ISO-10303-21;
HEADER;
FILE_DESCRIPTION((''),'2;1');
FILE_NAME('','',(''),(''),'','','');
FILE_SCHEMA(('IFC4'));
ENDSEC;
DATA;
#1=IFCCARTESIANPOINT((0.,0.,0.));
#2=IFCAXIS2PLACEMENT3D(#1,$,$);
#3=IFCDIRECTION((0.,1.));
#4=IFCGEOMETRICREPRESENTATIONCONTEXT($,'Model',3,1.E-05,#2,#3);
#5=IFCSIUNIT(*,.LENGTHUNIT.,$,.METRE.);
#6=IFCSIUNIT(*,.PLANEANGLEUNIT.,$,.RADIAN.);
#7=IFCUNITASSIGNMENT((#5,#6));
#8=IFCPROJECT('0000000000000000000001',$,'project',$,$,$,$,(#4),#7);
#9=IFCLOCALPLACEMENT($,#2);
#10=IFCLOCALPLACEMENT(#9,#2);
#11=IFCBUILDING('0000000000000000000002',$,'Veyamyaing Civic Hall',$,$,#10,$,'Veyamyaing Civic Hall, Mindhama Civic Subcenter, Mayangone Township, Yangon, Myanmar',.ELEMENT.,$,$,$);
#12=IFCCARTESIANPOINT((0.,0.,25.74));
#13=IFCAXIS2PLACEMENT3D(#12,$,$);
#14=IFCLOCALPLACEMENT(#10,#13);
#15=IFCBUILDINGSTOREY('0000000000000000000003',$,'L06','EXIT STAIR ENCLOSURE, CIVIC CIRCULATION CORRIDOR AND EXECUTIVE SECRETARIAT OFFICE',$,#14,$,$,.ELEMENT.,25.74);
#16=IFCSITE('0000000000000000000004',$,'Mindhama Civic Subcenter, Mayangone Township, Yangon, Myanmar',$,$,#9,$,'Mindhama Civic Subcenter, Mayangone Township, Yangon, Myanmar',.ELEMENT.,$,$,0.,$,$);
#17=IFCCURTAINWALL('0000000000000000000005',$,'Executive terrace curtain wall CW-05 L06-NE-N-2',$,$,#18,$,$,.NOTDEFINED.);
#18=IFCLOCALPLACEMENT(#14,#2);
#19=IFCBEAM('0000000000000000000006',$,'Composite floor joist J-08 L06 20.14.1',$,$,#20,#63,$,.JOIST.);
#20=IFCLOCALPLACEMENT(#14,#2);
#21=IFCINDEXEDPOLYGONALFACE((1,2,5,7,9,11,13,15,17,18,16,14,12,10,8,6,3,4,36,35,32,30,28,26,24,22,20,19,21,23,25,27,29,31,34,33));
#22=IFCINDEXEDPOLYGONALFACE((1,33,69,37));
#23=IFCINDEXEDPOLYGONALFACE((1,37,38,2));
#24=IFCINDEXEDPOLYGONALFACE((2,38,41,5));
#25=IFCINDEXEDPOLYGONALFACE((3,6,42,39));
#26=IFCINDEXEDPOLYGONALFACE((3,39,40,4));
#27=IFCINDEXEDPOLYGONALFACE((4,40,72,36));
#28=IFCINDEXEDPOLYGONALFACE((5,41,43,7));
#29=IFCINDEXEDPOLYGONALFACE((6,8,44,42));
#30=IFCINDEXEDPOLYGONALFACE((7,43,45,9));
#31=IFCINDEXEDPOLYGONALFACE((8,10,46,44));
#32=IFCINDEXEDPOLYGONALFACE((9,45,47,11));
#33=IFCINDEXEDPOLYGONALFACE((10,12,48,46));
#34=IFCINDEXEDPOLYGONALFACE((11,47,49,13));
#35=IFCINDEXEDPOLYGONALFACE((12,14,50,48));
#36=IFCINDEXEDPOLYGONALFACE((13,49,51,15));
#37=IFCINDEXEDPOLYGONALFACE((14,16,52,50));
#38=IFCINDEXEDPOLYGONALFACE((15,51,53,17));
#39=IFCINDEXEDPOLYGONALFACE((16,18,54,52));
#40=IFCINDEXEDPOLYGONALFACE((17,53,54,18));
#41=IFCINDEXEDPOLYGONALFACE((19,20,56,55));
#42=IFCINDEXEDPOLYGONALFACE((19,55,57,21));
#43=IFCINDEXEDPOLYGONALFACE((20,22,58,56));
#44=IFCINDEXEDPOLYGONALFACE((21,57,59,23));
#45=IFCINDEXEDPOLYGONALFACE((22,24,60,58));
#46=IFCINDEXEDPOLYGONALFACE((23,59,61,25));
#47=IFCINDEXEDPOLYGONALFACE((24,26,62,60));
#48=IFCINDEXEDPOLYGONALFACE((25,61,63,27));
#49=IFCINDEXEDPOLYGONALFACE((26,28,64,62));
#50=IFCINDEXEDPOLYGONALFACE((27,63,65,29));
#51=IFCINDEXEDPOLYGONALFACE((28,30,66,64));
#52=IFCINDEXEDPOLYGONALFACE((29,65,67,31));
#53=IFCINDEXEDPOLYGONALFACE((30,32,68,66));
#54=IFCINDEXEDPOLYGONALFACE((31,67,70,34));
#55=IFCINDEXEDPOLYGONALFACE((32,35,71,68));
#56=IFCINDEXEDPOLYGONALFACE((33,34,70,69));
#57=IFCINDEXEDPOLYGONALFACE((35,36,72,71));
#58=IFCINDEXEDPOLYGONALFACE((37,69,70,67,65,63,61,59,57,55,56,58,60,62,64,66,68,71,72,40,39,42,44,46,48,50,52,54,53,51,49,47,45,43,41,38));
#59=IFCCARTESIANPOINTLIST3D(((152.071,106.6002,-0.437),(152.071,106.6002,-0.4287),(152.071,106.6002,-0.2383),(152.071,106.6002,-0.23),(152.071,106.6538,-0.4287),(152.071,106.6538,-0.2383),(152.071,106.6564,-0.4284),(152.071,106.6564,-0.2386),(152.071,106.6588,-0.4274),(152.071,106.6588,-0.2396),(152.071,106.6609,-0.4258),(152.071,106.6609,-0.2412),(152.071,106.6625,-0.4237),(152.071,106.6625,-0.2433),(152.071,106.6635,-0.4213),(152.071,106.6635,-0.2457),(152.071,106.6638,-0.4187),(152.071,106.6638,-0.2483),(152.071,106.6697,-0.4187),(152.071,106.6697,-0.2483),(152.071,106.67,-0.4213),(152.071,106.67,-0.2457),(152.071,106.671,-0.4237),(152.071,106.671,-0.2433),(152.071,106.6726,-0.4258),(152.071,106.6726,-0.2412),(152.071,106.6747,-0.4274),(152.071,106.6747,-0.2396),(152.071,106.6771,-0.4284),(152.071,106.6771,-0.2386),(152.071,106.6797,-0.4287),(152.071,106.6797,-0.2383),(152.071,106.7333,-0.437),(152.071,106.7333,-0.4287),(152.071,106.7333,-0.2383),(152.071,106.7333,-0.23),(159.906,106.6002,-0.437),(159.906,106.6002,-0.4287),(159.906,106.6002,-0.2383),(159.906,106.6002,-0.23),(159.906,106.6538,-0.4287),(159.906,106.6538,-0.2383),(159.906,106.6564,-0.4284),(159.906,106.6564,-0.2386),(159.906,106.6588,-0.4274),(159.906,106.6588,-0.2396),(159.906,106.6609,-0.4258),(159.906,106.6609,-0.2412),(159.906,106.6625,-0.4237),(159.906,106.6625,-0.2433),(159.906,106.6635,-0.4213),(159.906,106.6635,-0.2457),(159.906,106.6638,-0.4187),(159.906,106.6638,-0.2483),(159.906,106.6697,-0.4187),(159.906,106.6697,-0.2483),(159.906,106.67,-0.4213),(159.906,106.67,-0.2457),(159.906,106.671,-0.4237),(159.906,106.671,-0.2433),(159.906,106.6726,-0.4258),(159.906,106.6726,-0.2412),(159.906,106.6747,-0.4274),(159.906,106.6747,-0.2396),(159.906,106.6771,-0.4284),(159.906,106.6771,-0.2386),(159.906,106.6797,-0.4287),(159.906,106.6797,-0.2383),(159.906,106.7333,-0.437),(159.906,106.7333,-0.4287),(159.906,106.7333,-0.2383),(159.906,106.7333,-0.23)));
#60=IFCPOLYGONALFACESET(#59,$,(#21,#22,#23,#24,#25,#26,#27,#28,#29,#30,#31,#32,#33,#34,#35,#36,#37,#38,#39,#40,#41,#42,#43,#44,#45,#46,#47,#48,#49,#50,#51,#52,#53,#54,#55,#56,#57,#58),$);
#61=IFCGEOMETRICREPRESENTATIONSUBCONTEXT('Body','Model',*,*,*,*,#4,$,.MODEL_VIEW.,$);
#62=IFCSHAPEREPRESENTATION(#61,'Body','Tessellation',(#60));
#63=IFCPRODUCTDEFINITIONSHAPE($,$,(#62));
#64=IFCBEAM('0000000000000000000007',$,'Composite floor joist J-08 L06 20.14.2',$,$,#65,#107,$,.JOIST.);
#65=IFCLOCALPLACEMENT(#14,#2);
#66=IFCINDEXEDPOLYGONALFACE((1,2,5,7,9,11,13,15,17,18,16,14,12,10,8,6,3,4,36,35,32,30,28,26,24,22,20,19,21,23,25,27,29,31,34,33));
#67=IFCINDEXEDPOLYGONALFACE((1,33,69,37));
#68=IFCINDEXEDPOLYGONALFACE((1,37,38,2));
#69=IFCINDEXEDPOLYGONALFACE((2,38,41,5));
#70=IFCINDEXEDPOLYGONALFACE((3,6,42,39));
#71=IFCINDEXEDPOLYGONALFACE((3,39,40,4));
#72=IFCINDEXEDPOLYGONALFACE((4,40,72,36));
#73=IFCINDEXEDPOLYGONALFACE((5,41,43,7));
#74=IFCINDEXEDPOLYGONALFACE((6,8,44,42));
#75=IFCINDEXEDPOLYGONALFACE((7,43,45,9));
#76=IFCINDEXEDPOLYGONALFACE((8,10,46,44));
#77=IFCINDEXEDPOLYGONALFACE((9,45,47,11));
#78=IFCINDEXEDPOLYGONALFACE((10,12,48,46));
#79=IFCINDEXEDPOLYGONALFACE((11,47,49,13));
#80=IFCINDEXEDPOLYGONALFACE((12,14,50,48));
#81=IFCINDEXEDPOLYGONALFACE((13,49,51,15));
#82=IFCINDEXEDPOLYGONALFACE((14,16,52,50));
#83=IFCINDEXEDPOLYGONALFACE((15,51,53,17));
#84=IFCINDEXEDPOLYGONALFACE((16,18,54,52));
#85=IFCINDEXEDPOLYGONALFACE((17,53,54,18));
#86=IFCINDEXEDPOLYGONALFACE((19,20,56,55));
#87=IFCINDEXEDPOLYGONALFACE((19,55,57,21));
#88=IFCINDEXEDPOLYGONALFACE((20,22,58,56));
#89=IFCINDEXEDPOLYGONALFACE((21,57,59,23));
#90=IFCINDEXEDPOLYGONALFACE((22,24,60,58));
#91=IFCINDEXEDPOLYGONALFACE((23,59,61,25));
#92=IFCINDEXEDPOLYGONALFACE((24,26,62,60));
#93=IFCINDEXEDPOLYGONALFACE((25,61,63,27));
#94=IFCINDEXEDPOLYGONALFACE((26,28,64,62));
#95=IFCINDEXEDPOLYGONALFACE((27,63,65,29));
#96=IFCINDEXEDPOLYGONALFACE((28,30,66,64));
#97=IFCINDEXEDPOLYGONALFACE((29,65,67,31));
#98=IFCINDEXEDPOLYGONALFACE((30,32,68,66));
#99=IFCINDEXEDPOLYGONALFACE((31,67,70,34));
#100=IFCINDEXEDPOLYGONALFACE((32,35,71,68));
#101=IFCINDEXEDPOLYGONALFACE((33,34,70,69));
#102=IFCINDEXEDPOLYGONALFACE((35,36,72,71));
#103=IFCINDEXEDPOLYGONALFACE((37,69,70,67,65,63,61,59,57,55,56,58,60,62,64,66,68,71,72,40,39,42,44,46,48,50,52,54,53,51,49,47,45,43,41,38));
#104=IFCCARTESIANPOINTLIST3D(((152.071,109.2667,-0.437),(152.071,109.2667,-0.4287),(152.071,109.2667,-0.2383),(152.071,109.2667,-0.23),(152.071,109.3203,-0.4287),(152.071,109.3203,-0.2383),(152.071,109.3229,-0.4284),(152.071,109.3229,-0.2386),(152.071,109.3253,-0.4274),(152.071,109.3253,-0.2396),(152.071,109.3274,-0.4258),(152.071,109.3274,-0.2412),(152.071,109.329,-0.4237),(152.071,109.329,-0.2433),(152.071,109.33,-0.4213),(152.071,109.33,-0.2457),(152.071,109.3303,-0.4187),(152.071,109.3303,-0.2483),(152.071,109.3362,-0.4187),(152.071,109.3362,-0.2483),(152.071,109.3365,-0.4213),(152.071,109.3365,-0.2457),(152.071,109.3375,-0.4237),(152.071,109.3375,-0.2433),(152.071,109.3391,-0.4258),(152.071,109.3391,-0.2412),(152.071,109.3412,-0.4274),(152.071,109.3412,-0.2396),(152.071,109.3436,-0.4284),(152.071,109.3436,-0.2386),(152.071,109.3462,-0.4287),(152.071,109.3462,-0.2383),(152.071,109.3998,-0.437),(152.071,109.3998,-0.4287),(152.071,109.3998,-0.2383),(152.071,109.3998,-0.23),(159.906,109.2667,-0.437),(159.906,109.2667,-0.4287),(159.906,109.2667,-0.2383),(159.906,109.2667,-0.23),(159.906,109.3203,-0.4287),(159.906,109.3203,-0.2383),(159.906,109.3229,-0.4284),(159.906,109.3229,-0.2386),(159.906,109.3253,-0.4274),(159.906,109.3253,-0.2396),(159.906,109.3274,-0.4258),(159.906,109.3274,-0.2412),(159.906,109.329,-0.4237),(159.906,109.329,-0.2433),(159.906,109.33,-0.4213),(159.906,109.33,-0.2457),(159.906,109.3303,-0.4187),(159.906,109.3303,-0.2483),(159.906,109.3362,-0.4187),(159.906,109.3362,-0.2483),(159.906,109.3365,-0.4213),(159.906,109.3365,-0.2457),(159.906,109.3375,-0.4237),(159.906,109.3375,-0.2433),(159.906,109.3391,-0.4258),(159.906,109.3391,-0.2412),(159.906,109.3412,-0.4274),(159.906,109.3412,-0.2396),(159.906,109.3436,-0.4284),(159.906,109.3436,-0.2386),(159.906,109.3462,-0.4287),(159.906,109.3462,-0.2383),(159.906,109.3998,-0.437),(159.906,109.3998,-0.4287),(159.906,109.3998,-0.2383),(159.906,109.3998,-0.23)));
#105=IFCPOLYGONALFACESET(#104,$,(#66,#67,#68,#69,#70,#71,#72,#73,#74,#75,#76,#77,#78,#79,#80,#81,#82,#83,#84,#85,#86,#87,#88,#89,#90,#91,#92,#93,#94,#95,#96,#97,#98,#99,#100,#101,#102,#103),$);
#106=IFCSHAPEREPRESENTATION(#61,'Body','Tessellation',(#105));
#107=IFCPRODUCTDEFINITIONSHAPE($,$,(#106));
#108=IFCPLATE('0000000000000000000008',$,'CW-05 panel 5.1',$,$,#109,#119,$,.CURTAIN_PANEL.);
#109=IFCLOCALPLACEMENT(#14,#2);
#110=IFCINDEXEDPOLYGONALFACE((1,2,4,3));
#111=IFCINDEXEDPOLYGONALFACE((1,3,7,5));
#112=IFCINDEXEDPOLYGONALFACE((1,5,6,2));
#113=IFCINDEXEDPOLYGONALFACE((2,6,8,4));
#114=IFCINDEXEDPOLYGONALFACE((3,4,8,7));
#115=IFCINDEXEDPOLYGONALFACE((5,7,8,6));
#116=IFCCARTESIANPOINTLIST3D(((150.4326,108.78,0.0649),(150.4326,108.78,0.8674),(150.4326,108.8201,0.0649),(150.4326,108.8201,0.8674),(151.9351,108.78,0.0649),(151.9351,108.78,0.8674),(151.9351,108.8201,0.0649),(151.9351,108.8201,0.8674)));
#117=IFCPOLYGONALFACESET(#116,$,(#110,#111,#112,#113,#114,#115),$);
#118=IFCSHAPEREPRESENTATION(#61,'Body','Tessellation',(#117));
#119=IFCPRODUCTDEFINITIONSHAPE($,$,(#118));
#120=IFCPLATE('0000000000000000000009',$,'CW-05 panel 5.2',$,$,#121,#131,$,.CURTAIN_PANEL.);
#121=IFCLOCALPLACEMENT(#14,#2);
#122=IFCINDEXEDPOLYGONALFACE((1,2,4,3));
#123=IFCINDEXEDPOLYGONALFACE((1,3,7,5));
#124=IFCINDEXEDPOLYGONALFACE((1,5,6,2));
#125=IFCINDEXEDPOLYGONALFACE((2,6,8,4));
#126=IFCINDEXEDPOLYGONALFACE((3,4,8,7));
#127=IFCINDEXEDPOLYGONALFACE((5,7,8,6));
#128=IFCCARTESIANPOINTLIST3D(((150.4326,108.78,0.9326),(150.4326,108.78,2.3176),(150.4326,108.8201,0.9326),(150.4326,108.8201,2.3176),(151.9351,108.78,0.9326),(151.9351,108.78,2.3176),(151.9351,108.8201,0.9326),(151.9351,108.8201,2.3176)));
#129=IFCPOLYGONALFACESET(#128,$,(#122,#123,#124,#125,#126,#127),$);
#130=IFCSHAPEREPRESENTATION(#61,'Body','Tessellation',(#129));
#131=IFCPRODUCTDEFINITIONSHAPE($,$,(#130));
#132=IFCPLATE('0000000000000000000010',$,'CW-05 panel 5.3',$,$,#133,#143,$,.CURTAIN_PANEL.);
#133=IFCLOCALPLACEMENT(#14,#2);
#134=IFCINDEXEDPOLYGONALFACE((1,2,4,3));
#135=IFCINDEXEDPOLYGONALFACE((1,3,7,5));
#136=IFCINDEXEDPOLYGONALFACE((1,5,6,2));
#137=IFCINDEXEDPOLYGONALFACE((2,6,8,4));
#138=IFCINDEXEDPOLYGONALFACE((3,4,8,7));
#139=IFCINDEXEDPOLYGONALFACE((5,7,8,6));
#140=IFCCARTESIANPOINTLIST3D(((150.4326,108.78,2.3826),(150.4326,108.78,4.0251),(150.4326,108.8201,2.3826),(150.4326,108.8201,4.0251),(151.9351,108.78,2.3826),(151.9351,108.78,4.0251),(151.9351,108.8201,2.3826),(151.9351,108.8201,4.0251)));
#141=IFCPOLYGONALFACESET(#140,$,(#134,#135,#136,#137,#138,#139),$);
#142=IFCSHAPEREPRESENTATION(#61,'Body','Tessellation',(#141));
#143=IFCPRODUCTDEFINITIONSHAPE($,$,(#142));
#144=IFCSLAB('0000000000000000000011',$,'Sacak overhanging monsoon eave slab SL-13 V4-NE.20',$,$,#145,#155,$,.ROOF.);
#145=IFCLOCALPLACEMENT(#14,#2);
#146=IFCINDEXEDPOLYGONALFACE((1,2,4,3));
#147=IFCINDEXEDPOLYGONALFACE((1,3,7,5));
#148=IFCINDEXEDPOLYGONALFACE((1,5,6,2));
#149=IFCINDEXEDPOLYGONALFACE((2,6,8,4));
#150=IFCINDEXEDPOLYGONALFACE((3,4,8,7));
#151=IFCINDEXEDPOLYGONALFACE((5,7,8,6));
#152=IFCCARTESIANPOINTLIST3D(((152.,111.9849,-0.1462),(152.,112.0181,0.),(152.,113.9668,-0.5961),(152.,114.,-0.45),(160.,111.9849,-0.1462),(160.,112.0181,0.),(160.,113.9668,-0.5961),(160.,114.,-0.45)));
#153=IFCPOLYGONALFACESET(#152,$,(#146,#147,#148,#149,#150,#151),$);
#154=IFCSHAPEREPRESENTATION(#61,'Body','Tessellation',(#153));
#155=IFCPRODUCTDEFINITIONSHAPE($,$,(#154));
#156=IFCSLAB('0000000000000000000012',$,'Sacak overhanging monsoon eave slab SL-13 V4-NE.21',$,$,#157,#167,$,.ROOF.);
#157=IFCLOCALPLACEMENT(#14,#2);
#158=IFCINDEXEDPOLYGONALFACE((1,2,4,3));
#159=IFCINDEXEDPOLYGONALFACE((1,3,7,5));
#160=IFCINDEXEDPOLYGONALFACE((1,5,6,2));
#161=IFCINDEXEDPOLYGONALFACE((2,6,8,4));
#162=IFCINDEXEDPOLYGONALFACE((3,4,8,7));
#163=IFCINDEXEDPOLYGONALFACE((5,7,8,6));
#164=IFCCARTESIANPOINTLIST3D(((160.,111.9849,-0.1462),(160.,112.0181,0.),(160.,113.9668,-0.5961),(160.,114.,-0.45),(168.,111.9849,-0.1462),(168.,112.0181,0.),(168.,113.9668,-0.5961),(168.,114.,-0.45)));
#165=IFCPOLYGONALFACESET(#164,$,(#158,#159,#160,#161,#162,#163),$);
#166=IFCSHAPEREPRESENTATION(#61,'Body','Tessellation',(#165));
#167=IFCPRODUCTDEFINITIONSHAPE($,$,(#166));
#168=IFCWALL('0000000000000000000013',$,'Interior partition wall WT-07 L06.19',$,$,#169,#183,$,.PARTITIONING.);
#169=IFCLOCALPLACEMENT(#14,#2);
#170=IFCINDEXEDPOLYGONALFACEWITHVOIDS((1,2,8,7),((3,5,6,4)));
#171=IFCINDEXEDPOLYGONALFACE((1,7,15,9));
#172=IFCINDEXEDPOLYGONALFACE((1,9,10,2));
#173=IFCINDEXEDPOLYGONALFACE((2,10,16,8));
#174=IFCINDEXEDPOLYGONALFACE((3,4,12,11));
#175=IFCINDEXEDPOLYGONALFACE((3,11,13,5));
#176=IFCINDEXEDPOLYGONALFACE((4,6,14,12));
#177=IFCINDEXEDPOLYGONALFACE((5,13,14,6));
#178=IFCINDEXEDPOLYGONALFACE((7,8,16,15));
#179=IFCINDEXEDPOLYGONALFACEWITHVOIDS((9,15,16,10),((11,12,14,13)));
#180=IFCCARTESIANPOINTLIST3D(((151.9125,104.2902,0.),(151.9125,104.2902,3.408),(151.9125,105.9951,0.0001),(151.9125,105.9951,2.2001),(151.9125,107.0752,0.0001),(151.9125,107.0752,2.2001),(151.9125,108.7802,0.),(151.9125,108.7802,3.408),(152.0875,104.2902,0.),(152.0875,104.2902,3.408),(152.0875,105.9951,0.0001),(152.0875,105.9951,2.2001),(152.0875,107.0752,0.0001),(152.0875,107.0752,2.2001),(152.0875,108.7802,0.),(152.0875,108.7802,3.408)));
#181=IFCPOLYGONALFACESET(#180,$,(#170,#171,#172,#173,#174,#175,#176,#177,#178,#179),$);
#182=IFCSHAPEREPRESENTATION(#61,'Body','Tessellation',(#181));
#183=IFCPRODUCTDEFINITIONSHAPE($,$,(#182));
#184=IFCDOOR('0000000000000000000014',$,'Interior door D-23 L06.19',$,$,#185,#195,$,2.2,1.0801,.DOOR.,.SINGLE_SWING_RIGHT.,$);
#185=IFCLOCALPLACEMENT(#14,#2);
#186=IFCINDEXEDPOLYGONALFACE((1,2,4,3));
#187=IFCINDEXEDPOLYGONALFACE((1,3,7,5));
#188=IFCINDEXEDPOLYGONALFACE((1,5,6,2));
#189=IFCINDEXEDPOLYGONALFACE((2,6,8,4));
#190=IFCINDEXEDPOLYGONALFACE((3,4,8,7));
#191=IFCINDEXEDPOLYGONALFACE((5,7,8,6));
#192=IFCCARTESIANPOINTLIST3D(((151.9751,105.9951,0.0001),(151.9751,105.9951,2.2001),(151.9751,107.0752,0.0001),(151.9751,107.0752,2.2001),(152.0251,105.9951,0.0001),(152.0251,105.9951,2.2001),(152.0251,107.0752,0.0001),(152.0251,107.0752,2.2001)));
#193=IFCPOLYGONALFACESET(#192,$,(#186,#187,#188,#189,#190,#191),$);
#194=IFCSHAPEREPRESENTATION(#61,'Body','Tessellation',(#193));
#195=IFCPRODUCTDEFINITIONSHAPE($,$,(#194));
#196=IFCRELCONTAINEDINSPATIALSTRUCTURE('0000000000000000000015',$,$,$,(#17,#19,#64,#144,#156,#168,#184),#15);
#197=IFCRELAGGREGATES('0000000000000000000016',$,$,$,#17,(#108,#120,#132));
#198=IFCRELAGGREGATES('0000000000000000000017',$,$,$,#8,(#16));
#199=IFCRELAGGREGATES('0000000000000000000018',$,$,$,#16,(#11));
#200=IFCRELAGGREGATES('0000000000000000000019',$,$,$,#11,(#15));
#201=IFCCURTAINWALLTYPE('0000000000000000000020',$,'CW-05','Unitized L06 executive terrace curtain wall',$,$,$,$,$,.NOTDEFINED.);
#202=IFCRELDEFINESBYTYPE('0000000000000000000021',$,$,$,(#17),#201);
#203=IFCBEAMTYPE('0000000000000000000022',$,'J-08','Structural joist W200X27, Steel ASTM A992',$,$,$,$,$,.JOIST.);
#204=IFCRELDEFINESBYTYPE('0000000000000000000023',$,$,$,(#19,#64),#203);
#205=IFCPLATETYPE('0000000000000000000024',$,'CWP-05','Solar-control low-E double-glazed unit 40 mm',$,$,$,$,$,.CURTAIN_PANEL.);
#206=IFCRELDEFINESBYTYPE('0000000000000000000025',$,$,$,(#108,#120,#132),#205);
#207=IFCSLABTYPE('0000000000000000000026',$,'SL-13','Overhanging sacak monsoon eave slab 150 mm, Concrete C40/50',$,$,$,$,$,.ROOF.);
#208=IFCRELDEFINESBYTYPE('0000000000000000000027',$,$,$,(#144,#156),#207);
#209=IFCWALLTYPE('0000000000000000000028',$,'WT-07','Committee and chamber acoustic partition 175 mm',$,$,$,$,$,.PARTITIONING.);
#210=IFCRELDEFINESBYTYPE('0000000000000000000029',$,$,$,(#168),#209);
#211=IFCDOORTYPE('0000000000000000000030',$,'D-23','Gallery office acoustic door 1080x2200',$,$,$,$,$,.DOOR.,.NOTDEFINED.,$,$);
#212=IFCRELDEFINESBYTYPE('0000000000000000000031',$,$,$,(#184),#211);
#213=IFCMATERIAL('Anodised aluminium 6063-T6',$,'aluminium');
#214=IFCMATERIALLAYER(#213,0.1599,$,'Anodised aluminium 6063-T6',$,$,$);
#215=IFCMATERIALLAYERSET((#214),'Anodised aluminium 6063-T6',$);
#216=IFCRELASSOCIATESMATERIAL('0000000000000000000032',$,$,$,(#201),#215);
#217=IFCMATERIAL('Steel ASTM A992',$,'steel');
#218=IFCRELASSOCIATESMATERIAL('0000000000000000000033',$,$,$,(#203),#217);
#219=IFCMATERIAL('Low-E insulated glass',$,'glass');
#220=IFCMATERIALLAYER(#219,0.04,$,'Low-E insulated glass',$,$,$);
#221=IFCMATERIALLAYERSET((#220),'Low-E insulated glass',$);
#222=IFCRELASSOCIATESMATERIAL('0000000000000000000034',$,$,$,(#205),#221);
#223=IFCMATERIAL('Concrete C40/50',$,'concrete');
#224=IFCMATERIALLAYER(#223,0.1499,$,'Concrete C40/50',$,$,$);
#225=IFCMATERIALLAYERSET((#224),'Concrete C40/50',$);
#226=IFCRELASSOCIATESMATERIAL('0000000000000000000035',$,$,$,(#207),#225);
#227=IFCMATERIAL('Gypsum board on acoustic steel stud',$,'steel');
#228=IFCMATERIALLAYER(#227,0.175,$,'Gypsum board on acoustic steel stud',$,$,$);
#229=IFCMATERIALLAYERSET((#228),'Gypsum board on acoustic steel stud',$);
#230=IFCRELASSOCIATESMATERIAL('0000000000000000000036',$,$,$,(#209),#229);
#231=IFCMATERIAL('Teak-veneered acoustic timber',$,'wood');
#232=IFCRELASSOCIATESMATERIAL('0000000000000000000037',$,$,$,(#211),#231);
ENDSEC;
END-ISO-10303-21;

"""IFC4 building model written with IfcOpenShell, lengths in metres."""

from ifc_helpers import new_model, si_unit, direction, frame, frame_2d, origin, origin_2d, place, context, subcontext, project, spatial, polyline, rectangle, i_section, outline, extrude, material, layer, layer_set, material_profile, profile_set, type_object, element, fill, aggregate, save


model = new_model("IFC4")

# Units and contexts
model_context = context("Model", 3, precision=1e-05, world=origin(), true_north=direction((0.0, 1.0)))
body_context = subcontext(model_context, "Body", "Model", "MODEL_VIEW")
ifc_project = project(units=[si_unit("LENGTHUNIT", "METRE"), si_unit("PLANEANGLEUNIT", "RADIAN")], contexts=[model_context])

# Site, building, storey
site_placement = place(None, origin())
site = spatial("IfcSite", under=ifc_project, at=site_placement, Name="Mindhama Civic Subcenter, Mayangone Township, Yangon, Myanmar", LongName="Mindhama Civic Subcenter, Mayangone Township, Yangon, Myanmar", CompositionType="ELEMENT", RefElevation=0.0)
building_placement = place(site_placement, origin())
building = spatial("IfcBuilding", under=site, at=building_placement, Name="Veyamyaing Civic Hall", LongName="Veyamyaing Civic Hall, Mindhama Civic Subcenter, Mayangone Township, Yangon, Myanmar", CompositionType="ELEMENT")
storey_placement = place(building_placement, frame((0.0, 0.0, 25.74)))
storey = spatial("IfcBuildingStorey", under=building, at=storey_placement, Name="L06", Description="EXIT STAIR ENCLOSURE, CIVIC CIRCULATION CORRIDOR AND EXECUTIVE SECRETARIAT OFFICE", CompositionType="ELEMENT", Elevation=25.74)

# Shared definitions
ifc_material_1 = material(Name="Steel ASTM A992", Category="steel")

# Curtain wall
ifc_material_2 = material(Name="Anodised aluminium 6063-T6", Category="aluminium")
ifc_layer_1 = layer(ifc_material_2, 0.1599, Name="Anodised aluminium 6063-T6")
ifc_layer_set_1 = layer_set([ifc_layer_1], Name="Anodised aluminium 6063-T6")
curtain_wall_type = type_object("IfcCurtainWallType", Name="CW-05", Description="Unitized L06 executive terrace curtain wall", PredefinedType="NOTDEFINED", material=ifc_layer_set_1)
curtain_wall_1_placement = place(storey_placement, origin())
curtain_wall_1 = element("IfcCurtainWall", 1, at=curtain_wall_1_placement, inside=storey, type_object=curtain_wall_type, Name="Executive terrace curtain wall CW-05 L06-NE-N-2", PredefinedType="NOTDEFINED")

# Beams
ifc_material_profile_1 = material_profile(ifc_material_1, i_section(OverallWidth=0.1331, OverallDepth=0.207, WebThickness=0.0059, FlangeThickness=0.0083, FilletRadius=0.01, at=origin_2d()), Name="W200X27")
ifc_profile_set_1 = profile_set([ifc_material_profile_1], Name="Steel ASTM A992")
beam_type_1 = type_object("IfcBeamType", Name="J-08", Description="Structural joist W200X27, Steel ASTM A992", PredefinedType="JOIST", material=ifc_profile_set_1)
for number, where, z_axis, x_axis, name in (
    (2, (152.071, 106.6667, -0.3335), (1.0, 0.0, 0.0), (0.0, 1.0, 0.0), "Composite floor joist J-08 L06 20.14.1"),
    (3, (152.071, 109.3333, -0.3335), (1.0, 0.0, 0.0), (0.0, 1.0, 0.0), "Composite floor joist J-08 L06 20.14.2"),
):
    element("IfcBeam", number, at=place(storey_placement, frame(where, z_axis=z_axis, x_axis=x_axis)), inside=storey, type_object=beam_type_1, Name=name, PredefinedType="JOIST", context=body_context, shape_type="SweptSolid", body=[
        extrude(i_section(OverallWidth=0.1331, OverallDepth=0.207, WebThickness=0.0059, FlangeThickness=0.0083, FilletRadius=0.01, at=origin_2d()), origin(), (0.0, 0.0, 1.0), 7.835),
    ])

# Plates
ifc_material_3 = material(Name="Low-E insulated glass", Category="glass")
ifc_layer_2 = layer(ifc_material_3, 0.04, Name="Low-E insulated glass")
ifc_layer_set_2 = layer_set([ifc_layer_2], Name="Low-E insulated glass")
plate_type = type_object("IfcPlateType", Name="CWP-05", Description="Solar-control low-E double-glazed unit 40 mm", PredefinedType="CURTAIN_PANEL", material=ifc_layer_set_2)
plate_1_placement = place(storey_placement, frame((151.1838, 108.8, 0.0649), z_axis=(0.0, 0.0, 1.0), x_axis=(1.0, 0.0, 0.0)))
plate_1 = element("IfcPlate", 4, at=plate_1_placement, type_object=plate_type, Name="CW-05 panel 5.1", PredefinedType="CURTAIN_PANEL", context=body_context, shape_type="SweptSolid", body=[
    extrude(rectangle(XDim=1.5024, YDim=0.04, at=origin_2d()), origin(), (0.0, 0.0, 1.0), 0.8025),
])
plate_2_placement = place(storey_placement, frame((151.1838, 108.8, 0.9326), z_axis=(0.0, 0.0, 1.0), x_axis=(1.0, 0.0, 0.0)))
plate_2 = element("IfcPlate", 5, at=plate_2_placement, type_object=plate_type, Name="CW-05 panel 5.2", PredefinedType="CURTAIN_PANEL", context=body_context, shape_type="SweptSolid", body=[
    extrude(rectangle(XDim=1.5024, YDim=0.04, at=origin_2d()), origin(), (0.0, 0.0, 1.0), 1.385),
])
plate_3_placement = place(storey_placement, frame((151.1838, 108.8, 2.3826), z_axis=(0.0, 0.0, 1.0), x_axis=(1.0, 0.0, 0.0)))
plate_3 = element("IfcPlate", 6, at=plate_3_placement, type_object=plate_type, Name="CW-05 panel 5.3", PredefinedType="CURTAIN_PANEL", context=body_context, shape_type="SweptSolid", body=[
    extrude(rectangle(XDim=1.5024, YDim=0.04, at=origin_2d()), origin(), (0.0, 0.0, 1.0), 1.6426),
])
aggregate(curtain_wall_1, [plate_1, plate_2, plate_3])

# Slabs
ifc_material_4 = material(Name="Concrete C40/50", Category="concrete")
ifc_layer_3 = layer(ifc_material_4, 0.1499, Name="Concrete C40/50")
ifc_layer_set_3 = layer_set([ifc_layer_3], Name="Concrete C40/50")
slab_type = type_object("IfcSlabType", Name="SL-13", Description="Overhanging sacak monsoon eave slab 150 mm, Concrete C40/50", PredefinedType="ROOF", material=ifc_layer_set_3)
for number, where, z_axis, x_axis, name in (
    (7, (152.0, 112.0181, 0.0), (0.0, 0.221393, 0.975185), (1.0, 0.0, 0.0), "Sacak overhanging monsoon eave slab SL-13 V4-NE.20"),
    (8, (160.0, 112.0181, 0.0), (0.0, 0.221393, 0.975185), (1.0, 0.0, 0.0), "Sacak overhanging monsoon eave slab SL-13 V4-NE.21"),
):
    element("IfcSlab", number, at=place(storey_placement, frame(where, z_axis=z_axis, x_axis=x_axis)), inside=storey, type_object=slab_type, Name=name, PredefinedType="ROOF", context=body_context, shape_type="SweptSolid", body=[
        extrude(outline(polyline([(0.0, 0.0), (8.0, 0.0), (8.0, 2.0324), (0.0, 2.0324), (0.0, 0.0)])), origin(), (0.0, 0.0, -1.0), 0.1499),
    ])

# Wall, opening, door
ifc_material_5 = material(Name="Gypsum board on acoustic steel stud", Category="steel")
ifc_layer_4 = layer(ifc_material_5, 0.175, Name="Gypsum board on acoustic steel stud")
ifc_layer_set_4 = layer_set([ifc_layer_4], Name="Gypsum board on acoustic steel stud")
wall_type_1 = type_object("IfcWallType", Name="WT-07", Description="Committee and chamber acoustic partition 175 mm", PredefinedType="PARTITIONING", material=ifc_layer_set_4)
wall_1_placement = place(storey_placement, frame((152.0, 104.29, 0.0), z_axis=(0.0, 0.0, 1.0), x_axis=(0.0, 1.0, 0.0)))
wall_1 = element("IfcWall", 9, at=wall_1_placement, inside=storey, type_object=wall_type_1, Name="Interior partition wall WT-07 L06.19", PredefinedType="PARTITIONING", context=body_context, shape_type="SweptSolid", body=[
    extrude(rectangle(XDim=4.49, YDim=0.175, at=frame_2d((2.2451, 0.0))), origin(), (0.0, 0.0, 1.0), 3.408),
])
opening_1_placement = place(wall_1_placement, frame((1.7051, 0.0, 0.0)))
opening_1 = element("IfcOpeningElement", 10, at=opening_1_placement, cuts=wall_1, PredefinedType="OPENING", context=body_context, shape_type="SweptSolid", body=[
    extrude(rectangle(XDim=1.0801, YDim=2.2, at=frame_2d((0.54, 1.1001))), frame((0.0, 0.0974, 0.0), z_axis=(0.0, -1.0, 0.0), x_axis=(1.0, 0.0, 0.0)), (0.0, 0.0, 1.0), 0.1951),
])
ifc_material_6 = material(Name="Teak-veneered acoustic timber", Category="wood")
door_type = type_object("IfcDoorType", Name="D-23", Description="Gallery office acoustic door 1080x2200", OperationType="NOTDEFINED", PredefinedType="DOOR", material=ifc_material_6)
door_1_placement = place(opening_1_placement, origin())
door_1 = element("IfcDoor", 11, at=door_1_placement, inside=storey, type_object=door_type, Name="Interior door D-23 L06.19", OperationType="SINGLE_SWING_RIGHT", OverallHeight=2.2, OverallWidth=1.0801, PredefinedType="DOOR", context=body_context, shape_type="SweptSolid", body=[
    extrude(rectangle(XDim=1.0801, YDim=2.2, at=frame_2d((0.54, 1.1001))), frame((0.0, 0.0249, 0.0), z_axis=(0.0, -1.0, 0.0), x_axis=(1.0, 0.0, 0.0)), (0.0, 0.0, 1.0), 0.05),
])
fill(opening_1, door_1)

save(model, "model.ifc")
